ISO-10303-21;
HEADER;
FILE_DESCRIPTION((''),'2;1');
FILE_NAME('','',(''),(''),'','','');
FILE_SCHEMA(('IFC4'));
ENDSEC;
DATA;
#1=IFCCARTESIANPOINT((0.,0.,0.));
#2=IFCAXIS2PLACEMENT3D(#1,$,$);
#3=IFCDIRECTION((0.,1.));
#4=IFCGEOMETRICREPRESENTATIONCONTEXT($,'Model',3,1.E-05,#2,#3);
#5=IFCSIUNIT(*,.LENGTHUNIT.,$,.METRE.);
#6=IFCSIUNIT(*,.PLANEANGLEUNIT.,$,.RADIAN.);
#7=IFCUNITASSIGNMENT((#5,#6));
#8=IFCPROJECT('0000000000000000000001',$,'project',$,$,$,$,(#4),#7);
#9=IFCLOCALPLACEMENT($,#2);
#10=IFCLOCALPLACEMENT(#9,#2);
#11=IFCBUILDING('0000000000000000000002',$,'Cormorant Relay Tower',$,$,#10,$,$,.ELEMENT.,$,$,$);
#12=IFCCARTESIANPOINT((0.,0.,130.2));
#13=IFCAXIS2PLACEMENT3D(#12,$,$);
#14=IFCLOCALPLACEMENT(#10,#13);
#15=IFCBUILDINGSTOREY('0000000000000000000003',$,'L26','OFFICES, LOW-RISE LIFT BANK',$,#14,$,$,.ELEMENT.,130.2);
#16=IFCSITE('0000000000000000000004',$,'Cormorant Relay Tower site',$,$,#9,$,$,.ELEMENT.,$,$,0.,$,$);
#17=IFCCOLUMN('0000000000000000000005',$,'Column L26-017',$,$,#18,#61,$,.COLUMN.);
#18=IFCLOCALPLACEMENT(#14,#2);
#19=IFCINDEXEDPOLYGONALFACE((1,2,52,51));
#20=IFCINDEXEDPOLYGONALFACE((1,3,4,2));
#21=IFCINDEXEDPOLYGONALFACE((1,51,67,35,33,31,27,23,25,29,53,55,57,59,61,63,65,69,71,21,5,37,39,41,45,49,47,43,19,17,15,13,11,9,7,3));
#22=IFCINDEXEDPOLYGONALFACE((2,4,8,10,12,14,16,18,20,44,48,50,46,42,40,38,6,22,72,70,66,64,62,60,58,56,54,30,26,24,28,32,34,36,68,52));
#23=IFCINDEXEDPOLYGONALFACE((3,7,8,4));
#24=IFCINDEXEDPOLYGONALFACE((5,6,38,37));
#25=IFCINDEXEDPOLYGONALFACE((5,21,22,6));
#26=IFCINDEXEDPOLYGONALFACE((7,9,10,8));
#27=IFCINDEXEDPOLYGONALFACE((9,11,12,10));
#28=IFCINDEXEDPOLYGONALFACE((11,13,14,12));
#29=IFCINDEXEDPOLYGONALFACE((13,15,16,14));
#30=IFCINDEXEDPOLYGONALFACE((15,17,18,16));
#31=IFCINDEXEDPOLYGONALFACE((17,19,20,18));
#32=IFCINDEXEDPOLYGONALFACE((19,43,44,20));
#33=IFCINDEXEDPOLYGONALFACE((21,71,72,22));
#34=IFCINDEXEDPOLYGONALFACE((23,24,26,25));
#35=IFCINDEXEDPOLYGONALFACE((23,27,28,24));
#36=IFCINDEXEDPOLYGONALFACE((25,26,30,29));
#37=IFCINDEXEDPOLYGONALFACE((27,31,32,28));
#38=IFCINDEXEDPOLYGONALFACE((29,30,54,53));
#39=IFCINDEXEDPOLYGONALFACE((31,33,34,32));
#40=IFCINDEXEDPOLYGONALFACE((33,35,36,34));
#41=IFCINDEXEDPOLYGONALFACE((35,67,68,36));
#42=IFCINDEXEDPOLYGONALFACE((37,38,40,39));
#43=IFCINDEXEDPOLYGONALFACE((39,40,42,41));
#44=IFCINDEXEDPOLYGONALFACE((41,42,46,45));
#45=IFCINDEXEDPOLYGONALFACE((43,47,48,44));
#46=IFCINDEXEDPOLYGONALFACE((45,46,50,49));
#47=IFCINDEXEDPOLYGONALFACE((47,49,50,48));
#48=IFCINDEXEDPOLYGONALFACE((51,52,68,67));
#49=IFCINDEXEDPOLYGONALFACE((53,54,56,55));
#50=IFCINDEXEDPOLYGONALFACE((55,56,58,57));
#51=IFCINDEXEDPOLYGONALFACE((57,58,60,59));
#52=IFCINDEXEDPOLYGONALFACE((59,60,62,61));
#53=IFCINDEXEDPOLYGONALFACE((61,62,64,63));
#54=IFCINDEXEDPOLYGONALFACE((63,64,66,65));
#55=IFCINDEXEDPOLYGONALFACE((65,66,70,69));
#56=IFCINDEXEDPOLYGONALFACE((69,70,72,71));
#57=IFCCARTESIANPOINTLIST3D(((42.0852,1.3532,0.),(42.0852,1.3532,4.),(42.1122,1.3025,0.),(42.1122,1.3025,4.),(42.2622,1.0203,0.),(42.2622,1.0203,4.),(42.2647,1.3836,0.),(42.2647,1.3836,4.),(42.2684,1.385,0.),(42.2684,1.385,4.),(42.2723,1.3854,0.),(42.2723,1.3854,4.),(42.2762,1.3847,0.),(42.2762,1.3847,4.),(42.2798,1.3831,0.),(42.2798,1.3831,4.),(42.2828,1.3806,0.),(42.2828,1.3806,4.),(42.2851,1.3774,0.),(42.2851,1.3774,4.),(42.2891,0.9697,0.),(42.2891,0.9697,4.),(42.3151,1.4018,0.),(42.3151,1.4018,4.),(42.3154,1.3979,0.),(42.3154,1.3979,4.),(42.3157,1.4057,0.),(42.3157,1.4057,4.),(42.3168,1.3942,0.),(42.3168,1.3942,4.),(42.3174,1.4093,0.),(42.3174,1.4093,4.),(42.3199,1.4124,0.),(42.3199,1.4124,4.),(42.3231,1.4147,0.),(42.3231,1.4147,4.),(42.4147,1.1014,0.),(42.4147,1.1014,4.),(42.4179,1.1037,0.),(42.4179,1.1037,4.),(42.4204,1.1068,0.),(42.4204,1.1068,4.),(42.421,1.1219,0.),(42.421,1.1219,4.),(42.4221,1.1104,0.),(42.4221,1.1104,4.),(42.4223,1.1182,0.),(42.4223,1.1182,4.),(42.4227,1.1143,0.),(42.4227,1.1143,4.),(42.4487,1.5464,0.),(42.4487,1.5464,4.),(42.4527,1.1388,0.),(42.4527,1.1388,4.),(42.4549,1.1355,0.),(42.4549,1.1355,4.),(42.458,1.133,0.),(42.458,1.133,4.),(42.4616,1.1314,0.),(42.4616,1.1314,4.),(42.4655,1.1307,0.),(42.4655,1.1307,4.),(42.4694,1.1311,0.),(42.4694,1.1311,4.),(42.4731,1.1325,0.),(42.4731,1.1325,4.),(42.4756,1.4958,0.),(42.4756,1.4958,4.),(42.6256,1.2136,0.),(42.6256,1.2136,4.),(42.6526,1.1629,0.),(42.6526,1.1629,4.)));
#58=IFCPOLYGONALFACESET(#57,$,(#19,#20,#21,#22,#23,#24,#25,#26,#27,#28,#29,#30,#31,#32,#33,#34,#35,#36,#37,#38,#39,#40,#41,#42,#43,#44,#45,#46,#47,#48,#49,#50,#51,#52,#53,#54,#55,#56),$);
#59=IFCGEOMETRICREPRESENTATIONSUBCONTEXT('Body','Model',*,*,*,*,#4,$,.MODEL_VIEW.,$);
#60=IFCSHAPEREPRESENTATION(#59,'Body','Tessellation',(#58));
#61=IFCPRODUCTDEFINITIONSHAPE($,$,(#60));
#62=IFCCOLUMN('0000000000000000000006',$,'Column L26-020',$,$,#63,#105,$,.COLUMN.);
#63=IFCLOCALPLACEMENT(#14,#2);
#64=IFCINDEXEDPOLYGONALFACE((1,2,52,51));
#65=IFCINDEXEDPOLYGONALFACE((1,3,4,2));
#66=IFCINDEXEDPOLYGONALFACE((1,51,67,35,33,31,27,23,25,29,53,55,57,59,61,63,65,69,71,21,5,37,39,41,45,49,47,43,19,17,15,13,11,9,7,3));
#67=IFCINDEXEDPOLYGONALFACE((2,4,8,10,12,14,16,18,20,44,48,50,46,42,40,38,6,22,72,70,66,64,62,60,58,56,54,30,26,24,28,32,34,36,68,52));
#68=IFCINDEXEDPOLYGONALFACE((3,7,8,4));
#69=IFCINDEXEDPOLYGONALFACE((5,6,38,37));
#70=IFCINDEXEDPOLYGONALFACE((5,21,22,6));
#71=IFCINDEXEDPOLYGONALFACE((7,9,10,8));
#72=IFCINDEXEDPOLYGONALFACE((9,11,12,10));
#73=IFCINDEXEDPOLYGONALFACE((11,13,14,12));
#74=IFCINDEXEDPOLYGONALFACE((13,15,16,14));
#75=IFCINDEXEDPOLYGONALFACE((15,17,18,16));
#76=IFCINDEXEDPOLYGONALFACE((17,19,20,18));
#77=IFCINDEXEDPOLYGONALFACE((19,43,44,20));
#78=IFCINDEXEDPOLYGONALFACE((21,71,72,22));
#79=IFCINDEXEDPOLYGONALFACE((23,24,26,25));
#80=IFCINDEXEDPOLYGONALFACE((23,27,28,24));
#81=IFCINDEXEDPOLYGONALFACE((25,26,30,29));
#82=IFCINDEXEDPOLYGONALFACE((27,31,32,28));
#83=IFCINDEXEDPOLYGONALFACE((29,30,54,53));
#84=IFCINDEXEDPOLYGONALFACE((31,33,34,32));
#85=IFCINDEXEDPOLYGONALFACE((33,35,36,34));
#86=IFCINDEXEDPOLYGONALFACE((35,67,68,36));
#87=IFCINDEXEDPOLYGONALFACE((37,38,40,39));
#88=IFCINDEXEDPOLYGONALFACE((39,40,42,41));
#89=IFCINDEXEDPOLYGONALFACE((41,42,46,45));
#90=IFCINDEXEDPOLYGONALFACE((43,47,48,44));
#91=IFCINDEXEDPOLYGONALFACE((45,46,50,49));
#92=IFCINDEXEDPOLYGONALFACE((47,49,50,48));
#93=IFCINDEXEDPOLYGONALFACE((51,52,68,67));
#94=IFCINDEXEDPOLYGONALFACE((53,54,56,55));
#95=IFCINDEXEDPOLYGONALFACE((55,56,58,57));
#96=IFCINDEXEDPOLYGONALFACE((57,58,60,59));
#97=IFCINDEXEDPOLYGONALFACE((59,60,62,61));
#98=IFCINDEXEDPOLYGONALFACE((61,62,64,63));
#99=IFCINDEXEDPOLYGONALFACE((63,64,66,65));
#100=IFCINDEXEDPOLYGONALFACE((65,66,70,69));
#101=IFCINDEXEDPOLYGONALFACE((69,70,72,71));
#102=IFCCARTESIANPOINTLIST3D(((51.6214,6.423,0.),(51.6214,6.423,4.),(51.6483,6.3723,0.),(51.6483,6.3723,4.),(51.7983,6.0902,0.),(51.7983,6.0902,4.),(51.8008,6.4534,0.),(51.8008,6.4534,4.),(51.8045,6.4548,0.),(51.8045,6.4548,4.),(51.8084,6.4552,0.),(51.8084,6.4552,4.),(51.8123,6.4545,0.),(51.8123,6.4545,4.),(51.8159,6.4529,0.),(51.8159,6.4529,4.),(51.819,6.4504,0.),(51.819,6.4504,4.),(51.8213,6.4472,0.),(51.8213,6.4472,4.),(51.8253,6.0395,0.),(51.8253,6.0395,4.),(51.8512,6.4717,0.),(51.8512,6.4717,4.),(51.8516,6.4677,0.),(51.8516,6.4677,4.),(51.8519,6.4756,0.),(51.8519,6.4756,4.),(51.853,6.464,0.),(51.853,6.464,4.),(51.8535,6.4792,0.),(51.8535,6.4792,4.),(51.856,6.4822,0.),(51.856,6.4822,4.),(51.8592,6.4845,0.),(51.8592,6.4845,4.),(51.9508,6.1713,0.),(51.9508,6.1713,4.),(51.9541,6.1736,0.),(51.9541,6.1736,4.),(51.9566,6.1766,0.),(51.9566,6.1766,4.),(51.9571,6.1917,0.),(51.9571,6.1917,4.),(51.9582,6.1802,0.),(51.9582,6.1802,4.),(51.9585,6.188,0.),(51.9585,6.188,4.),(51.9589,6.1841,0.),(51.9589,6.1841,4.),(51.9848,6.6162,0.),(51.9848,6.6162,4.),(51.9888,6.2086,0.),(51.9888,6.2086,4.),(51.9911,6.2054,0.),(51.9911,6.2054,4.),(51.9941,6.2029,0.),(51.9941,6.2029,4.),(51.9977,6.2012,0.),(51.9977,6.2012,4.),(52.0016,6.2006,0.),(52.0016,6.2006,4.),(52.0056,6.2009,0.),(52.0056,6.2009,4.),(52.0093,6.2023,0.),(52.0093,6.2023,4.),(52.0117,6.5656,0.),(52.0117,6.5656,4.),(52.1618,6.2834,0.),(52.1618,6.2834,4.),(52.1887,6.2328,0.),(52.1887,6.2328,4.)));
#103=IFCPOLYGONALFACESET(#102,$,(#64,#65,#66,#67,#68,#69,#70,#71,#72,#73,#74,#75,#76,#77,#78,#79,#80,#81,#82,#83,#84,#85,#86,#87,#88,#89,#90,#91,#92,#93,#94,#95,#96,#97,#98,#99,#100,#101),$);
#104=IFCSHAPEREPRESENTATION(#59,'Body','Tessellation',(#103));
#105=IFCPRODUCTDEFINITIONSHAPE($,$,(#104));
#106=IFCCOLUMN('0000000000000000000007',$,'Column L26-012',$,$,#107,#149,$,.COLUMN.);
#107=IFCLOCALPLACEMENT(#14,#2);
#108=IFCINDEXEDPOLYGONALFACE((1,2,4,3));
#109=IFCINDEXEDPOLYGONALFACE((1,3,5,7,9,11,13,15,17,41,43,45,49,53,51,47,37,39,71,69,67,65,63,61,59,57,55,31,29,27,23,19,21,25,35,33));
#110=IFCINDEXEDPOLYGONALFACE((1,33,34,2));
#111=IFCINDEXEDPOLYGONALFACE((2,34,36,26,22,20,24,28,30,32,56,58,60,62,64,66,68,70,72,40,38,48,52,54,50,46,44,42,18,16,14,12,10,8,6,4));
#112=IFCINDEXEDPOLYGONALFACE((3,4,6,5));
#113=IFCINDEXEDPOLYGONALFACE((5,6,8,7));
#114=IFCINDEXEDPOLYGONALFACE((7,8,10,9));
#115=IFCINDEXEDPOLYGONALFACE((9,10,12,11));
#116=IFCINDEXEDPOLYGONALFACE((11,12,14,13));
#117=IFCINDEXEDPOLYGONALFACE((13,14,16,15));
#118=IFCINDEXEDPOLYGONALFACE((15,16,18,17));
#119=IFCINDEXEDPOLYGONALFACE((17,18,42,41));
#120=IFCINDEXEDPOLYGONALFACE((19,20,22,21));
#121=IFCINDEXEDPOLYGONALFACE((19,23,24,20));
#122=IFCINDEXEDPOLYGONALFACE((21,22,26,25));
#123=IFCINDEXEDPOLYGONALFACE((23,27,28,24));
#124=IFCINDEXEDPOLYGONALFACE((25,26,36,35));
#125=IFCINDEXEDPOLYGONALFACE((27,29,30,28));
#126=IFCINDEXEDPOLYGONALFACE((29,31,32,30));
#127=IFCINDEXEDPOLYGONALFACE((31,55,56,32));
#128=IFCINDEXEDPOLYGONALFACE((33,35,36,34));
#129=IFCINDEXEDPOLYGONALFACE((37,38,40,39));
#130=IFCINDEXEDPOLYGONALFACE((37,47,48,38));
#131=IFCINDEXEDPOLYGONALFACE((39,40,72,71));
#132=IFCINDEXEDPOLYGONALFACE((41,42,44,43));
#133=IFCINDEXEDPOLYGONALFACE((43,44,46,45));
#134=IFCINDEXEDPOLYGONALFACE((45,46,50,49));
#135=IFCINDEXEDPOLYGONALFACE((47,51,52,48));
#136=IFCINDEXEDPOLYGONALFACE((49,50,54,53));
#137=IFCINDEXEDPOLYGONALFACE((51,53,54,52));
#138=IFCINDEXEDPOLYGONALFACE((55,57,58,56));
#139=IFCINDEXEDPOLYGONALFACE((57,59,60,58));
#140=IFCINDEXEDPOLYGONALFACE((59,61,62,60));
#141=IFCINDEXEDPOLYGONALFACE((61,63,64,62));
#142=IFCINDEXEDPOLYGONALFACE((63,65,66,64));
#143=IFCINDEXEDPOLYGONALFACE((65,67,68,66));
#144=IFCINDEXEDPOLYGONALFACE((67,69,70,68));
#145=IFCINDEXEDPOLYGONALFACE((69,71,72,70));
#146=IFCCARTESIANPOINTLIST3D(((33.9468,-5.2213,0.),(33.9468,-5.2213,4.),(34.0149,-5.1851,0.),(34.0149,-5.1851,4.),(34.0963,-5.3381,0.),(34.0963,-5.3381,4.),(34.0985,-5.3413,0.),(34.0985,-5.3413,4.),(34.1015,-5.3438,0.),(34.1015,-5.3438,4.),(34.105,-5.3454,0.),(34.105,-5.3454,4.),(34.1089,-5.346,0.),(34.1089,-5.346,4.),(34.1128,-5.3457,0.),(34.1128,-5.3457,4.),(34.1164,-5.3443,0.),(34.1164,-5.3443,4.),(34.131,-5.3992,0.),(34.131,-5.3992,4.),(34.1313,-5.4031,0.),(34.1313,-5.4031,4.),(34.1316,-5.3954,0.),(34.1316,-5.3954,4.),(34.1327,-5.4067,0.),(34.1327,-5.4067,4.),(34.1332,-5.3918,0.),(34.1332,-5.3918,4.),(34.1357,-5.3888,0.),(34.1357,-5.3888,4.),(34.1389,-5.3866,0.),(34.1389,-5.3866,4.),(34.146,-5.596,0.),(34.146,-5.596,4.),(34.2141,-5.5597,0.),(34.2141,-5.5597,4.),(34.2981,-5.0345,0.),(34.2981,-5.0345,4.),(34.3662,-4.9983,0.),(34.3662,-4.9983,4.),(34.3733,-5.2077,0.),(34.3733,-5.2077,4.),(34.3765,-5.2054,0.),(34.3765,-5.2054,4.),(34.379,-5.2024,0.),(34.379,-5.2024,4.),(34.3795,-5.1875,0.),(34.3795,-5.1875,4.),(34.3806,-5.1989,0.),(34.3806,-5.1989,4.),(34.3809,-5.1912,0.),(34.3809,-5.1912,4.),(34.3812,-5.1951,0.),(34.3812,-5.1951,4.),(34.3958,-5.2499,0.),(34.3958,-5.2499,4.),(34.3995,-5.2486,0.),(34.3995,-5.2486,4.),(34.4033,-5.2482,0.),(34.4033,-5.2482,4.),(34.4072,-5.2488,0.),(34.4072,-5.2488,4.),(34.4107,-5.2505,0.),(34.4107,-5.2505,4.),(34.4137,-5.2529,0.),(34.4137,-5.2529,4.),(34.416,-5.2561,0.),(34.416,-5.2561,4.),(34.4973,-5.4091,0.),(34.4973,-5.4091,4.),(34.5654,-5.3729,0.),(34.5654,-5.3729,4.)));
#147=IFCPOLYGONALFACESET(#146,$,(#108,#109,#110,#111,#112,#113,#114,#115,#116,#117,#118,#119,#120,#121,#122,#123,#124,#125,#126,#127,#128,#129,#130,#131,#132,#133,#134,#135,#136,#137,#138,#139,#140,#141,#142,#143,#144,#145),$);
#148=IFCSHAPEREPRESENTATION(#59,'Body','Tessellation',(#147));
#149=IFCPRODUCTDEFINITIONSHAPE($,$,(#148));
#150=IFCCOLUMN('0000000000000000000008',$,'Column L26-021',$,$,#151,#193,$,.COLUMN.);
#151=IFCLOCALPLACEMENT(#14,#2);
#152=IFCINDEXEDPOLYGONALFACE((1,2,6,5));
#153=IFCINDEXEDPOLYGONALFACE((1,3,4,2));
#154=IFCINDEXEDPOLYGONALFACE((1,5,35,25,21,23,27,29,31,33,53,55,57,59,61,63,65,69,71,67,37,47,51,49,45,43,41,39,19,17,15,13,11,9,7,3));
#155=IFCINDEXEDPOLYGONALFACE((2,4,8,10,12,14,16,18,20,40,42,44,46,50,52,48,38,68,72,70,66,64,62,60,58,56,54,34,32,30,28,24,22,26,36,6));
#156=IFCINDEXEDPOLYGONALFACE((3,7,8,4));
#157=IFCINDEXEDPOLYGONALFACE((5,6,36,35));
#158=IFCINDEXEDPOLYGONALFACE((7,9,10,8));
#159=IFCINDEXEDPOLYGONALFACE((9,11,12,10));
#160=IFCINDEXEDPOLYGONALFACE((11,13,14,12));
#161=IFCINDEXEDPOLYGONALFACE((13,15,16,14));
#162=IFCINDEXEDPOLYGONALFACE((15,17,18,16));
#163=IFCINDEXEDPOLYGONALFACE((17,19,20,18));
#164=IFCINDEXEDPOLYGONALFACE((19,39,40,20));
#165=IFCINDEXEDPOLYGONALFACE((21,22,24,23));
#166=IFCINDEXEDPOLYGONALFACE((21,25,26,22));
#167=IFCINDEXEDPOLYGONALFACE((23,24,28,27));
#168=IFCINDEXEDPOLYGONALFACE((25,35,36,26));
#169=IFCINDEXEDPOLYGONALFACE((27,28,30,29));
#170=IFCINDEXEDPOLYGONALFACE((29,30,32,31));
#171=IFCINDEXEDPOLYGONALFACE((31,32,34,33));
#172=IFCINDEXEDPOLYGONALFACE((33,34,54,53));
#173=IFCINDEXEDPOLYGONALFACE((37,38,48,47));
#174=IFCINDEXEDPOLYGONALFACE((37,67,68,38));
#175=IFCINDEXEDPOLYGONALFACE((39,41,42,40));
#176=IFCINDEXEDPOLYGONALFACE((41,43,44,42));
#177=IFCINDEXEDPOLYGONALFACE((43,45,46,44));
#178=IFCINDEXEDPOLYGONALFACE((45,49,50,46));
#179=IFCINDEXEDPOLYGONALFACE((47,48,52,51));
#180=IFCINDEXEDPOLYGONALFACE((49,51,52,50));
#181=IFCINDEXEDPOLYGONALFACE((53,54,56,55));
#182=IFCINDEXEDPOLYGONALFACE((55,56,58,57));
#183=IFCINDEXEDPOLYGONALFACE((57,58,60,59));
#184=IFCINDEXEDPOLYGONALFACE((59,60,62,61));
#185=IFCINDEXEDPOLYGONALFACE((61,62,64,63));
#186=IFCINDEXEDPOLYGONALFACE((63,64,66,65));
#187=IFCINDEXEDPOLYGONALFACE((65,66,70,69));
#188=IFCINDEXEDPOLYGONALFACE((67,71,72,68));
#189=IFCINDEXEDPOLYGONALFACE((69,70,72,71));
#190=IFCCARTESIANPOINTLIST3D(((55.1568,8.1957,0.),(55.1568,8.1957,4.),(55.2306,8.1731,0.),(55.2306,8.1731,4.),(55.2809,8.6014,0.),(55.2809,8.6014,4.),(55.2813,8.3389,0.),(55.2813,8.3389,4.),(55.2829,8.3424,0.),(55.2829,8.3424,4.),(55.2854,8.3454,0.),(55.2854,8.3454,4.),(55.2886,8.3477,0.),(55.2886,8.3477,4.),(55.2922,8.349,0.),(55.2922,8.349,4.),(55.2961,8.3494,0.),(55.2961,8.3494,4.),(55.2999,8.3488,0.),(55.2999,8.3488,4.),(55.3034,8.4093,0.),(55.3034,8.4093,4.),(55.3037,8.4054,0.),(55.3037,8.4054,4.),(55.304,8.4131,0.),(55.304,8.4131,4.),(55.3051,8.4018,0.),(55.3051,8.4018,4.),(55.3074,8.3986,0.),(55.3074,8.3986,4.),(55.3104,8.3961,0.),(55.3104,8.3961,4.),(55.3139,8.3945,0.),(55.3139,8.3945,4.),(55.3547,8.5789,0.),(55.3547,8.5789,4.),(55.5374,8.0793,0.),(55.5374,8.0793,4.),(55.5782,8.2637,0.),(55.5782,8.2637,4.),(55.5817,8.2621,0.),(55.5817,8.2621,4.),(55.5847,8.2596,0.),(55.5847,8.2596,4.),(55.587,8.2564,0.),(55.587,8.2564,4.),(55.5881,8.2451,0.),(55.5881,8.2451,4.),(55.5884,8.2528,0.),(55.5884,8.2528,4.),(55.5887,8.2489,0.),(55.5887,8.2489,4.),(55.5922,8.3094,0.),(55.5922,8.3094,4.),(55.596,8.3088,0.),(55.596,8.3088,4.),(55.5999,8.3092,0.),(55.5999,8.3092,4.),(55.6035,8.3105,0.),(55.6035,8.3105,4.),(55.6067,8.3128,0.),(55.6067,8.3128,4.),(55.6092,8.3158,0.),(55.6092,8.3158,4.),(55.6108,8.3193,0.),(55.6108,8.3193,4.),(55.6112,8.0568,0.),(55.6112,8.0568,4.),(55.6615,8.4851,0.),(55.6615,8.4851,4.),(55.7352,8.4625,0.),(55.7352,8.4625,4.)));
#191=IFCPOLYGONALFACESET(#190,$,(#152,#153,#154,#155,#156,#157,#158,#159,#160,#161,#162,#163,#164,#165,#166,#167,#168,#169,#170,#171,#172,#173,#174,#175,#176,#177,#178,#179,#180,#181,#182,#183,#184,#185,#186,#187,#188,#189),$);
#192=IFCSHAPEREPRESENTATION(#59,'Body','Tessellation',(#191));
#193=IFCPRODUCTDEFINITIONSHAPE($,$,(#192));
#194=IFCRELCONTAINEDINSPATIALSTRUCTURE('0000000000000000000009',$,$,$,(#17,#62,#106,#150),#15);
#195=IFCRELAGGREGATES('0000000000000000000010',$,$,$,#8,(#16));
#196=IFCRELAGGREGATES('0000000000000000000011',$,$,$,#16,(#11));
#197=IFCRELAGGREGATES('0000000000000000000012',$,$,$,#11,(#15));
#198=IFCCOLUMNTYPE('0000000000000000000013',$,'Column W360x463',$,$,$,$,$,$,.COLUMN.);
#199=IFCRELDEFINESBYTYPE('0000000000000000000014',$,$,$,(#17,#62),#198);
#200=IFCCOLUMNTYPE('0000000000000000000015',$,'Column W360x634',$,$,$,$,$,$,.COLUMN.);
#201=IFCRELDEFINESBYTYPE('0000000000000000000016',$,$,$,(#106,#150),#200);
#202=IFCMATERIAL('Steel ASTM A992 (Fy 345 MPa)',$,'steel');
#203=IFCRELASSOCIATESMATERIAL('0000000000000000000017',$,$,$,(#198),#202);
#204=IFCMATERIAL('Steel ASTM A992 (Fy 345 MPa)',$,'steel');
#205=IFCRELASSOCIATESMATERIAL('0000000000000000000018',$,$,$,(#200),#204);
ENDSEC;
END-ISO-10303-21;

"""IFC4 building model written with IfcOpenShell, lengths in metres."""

from ifc_helpers import new_model, si_unit, direction, frame, origin, origin_2d, place, context, subcontext, project, spatial, i_section, extrude, material, material_profile, profile_set, type_object, element, save


model = new_model("IFC4")

# Units and contexts
model_context = context("Model", 3, precision=1e-05, world=origin(), true_north=direction((0.0, 1.0)))
body_context = subcontext(model_context, "Body", "Model", "MODEL_VIEW")
ifc_project = project(units=[si_unit("LENGTHUNIT", "METRE"), si_unit("PLANEANGLEUNIT", "RADIAN")], contexts=[model_context])

# Site, building, storey
site_placement = place(None, origin())
site = spatial("IfcSite", under=ifc_project, at=site_placement, Name="Cormorant Relay Tower site", CompositionType="ELEMENT", RefElevation=0.0)
building_placement = place(site_placement, origin())
building = spatial("IfcBuilding", under=site, at=building_placement, Name="Cormorant Relay Tower", CompositionType="ELEMENT")
storey_placement = place(building_placement, frame((0.0, 0.0, 130.2)))
storey = spatial("IfcBuildingStorey", under=building, at=storey_placement, Name="L26", Description="OFFICES, LOW-RISE LIFT BANK", CompositionType="ELEMENT", Elevation=130.2)

# Columns
ifc_material_1 = material(Name="Steel ASTM A992 (Fy 345 MPa)", Category="steel")
ifc_material_profile_1 = material_profile(ifc_material_1, i_section(OverallWidth=0.4116, OverallDepth=0.4343, WebThickness=0.0359, FlangeThickness=0.0574, FilletRadius=0.0151, at=origin_2d()), Name="W360x463")
ifc_profile_set_1 = profile_set([ifc_material_profile_1], Name="Steel ASTM A992 (Fy 345 MPa)")
column_type_1 = type_object("IfcColumnType", Name="Column W360x463", PredefinedType="COLUMN", material=ifc_profile_set_1)
for number, where, z_axis, x_axis, name in (
    (1, (42.3689, 1.2581, 0.0), (0.0, 0.0, 1.0), (0.882948, 0.469472, 0.0), "Column L26-017"),
    (2, (51.905, 6.3279, 0.0), (0.0, 0.0, 1.0), (0.882948, 0.469472, 0.0), "Column L26-020"),
):
    element("IfcColumn", number, at=place(storey_placement, frame(where, z_axis=z_axis, x_axis=x_axis)), inside=storey, type_object=column_type_1, Name=name, PredefinedType="COLUMN", context=body_context, shape_type="SweptSolid", body=[
        extrude(i_section(OverallWidth=0.4116, OverallDepth=0.4343, WebThickness=0.0359, FlangeThickness=0.0574, FilletRadius=0.0151, at=origin_2d()), origin(), (0.0, 0.0, 1.0), 4.0),
    ])
ifc_material_2 = material(Name="Steel ASTM A992 (Fy 345 MPa)", Category="steel")
ifc_material_profile_2 = material_profile(ifc_material_2, i_section(OverallWidth=0.4243, OverallDepth=0.4751, WebThickness=0.0479, FlangeThickness=0.0771, FilletRadius=0.0149, at=origin_2d()), Name="W360x634")
ifc_profile_set_2 = profile_set([ifc_material_profile_2], Name="Steel ASTM A992 (Fy 345 MPa)")
column_type_2 = type_object("IfcColumnType", Name="Column W360x634", PredefinedType="COLUMN", material=ifc_profile_set_2)
for number, where, z_axis, x_axis, name in (
    (3, (34.2561, -5.2971, 0.0), (0.0, 0.0, 1.0), (-0.469472, 0.882948, 0.0), "Column L26-012"),
    (4, (55.446, 8.3291, 0.0), (0.0, 0.0, 1.0), (0.292372, 0.956305, 0.0), "Column L26-021"),
):
    element("IfcColumn", number, at=place(storey_placement, frame(where, z_axis=z_axis, x_axis=x_axis)), inside=storey, type_object=column_type_2, Name=name, PredefinedType="COLUMN", context=body_context, shape_type="SweptSolid", body=[
        extrude(i_section(OverallWidth=0.4243, OverallDepth=0.4751, WebThickness=0.0479, FlangeThickness=0.0771, FilletRadius=0.0149, at=origin_2d()), origin(), (0.0, 0.0, 1.0), 4.0),
    ])

save(model, "model.ifc")
